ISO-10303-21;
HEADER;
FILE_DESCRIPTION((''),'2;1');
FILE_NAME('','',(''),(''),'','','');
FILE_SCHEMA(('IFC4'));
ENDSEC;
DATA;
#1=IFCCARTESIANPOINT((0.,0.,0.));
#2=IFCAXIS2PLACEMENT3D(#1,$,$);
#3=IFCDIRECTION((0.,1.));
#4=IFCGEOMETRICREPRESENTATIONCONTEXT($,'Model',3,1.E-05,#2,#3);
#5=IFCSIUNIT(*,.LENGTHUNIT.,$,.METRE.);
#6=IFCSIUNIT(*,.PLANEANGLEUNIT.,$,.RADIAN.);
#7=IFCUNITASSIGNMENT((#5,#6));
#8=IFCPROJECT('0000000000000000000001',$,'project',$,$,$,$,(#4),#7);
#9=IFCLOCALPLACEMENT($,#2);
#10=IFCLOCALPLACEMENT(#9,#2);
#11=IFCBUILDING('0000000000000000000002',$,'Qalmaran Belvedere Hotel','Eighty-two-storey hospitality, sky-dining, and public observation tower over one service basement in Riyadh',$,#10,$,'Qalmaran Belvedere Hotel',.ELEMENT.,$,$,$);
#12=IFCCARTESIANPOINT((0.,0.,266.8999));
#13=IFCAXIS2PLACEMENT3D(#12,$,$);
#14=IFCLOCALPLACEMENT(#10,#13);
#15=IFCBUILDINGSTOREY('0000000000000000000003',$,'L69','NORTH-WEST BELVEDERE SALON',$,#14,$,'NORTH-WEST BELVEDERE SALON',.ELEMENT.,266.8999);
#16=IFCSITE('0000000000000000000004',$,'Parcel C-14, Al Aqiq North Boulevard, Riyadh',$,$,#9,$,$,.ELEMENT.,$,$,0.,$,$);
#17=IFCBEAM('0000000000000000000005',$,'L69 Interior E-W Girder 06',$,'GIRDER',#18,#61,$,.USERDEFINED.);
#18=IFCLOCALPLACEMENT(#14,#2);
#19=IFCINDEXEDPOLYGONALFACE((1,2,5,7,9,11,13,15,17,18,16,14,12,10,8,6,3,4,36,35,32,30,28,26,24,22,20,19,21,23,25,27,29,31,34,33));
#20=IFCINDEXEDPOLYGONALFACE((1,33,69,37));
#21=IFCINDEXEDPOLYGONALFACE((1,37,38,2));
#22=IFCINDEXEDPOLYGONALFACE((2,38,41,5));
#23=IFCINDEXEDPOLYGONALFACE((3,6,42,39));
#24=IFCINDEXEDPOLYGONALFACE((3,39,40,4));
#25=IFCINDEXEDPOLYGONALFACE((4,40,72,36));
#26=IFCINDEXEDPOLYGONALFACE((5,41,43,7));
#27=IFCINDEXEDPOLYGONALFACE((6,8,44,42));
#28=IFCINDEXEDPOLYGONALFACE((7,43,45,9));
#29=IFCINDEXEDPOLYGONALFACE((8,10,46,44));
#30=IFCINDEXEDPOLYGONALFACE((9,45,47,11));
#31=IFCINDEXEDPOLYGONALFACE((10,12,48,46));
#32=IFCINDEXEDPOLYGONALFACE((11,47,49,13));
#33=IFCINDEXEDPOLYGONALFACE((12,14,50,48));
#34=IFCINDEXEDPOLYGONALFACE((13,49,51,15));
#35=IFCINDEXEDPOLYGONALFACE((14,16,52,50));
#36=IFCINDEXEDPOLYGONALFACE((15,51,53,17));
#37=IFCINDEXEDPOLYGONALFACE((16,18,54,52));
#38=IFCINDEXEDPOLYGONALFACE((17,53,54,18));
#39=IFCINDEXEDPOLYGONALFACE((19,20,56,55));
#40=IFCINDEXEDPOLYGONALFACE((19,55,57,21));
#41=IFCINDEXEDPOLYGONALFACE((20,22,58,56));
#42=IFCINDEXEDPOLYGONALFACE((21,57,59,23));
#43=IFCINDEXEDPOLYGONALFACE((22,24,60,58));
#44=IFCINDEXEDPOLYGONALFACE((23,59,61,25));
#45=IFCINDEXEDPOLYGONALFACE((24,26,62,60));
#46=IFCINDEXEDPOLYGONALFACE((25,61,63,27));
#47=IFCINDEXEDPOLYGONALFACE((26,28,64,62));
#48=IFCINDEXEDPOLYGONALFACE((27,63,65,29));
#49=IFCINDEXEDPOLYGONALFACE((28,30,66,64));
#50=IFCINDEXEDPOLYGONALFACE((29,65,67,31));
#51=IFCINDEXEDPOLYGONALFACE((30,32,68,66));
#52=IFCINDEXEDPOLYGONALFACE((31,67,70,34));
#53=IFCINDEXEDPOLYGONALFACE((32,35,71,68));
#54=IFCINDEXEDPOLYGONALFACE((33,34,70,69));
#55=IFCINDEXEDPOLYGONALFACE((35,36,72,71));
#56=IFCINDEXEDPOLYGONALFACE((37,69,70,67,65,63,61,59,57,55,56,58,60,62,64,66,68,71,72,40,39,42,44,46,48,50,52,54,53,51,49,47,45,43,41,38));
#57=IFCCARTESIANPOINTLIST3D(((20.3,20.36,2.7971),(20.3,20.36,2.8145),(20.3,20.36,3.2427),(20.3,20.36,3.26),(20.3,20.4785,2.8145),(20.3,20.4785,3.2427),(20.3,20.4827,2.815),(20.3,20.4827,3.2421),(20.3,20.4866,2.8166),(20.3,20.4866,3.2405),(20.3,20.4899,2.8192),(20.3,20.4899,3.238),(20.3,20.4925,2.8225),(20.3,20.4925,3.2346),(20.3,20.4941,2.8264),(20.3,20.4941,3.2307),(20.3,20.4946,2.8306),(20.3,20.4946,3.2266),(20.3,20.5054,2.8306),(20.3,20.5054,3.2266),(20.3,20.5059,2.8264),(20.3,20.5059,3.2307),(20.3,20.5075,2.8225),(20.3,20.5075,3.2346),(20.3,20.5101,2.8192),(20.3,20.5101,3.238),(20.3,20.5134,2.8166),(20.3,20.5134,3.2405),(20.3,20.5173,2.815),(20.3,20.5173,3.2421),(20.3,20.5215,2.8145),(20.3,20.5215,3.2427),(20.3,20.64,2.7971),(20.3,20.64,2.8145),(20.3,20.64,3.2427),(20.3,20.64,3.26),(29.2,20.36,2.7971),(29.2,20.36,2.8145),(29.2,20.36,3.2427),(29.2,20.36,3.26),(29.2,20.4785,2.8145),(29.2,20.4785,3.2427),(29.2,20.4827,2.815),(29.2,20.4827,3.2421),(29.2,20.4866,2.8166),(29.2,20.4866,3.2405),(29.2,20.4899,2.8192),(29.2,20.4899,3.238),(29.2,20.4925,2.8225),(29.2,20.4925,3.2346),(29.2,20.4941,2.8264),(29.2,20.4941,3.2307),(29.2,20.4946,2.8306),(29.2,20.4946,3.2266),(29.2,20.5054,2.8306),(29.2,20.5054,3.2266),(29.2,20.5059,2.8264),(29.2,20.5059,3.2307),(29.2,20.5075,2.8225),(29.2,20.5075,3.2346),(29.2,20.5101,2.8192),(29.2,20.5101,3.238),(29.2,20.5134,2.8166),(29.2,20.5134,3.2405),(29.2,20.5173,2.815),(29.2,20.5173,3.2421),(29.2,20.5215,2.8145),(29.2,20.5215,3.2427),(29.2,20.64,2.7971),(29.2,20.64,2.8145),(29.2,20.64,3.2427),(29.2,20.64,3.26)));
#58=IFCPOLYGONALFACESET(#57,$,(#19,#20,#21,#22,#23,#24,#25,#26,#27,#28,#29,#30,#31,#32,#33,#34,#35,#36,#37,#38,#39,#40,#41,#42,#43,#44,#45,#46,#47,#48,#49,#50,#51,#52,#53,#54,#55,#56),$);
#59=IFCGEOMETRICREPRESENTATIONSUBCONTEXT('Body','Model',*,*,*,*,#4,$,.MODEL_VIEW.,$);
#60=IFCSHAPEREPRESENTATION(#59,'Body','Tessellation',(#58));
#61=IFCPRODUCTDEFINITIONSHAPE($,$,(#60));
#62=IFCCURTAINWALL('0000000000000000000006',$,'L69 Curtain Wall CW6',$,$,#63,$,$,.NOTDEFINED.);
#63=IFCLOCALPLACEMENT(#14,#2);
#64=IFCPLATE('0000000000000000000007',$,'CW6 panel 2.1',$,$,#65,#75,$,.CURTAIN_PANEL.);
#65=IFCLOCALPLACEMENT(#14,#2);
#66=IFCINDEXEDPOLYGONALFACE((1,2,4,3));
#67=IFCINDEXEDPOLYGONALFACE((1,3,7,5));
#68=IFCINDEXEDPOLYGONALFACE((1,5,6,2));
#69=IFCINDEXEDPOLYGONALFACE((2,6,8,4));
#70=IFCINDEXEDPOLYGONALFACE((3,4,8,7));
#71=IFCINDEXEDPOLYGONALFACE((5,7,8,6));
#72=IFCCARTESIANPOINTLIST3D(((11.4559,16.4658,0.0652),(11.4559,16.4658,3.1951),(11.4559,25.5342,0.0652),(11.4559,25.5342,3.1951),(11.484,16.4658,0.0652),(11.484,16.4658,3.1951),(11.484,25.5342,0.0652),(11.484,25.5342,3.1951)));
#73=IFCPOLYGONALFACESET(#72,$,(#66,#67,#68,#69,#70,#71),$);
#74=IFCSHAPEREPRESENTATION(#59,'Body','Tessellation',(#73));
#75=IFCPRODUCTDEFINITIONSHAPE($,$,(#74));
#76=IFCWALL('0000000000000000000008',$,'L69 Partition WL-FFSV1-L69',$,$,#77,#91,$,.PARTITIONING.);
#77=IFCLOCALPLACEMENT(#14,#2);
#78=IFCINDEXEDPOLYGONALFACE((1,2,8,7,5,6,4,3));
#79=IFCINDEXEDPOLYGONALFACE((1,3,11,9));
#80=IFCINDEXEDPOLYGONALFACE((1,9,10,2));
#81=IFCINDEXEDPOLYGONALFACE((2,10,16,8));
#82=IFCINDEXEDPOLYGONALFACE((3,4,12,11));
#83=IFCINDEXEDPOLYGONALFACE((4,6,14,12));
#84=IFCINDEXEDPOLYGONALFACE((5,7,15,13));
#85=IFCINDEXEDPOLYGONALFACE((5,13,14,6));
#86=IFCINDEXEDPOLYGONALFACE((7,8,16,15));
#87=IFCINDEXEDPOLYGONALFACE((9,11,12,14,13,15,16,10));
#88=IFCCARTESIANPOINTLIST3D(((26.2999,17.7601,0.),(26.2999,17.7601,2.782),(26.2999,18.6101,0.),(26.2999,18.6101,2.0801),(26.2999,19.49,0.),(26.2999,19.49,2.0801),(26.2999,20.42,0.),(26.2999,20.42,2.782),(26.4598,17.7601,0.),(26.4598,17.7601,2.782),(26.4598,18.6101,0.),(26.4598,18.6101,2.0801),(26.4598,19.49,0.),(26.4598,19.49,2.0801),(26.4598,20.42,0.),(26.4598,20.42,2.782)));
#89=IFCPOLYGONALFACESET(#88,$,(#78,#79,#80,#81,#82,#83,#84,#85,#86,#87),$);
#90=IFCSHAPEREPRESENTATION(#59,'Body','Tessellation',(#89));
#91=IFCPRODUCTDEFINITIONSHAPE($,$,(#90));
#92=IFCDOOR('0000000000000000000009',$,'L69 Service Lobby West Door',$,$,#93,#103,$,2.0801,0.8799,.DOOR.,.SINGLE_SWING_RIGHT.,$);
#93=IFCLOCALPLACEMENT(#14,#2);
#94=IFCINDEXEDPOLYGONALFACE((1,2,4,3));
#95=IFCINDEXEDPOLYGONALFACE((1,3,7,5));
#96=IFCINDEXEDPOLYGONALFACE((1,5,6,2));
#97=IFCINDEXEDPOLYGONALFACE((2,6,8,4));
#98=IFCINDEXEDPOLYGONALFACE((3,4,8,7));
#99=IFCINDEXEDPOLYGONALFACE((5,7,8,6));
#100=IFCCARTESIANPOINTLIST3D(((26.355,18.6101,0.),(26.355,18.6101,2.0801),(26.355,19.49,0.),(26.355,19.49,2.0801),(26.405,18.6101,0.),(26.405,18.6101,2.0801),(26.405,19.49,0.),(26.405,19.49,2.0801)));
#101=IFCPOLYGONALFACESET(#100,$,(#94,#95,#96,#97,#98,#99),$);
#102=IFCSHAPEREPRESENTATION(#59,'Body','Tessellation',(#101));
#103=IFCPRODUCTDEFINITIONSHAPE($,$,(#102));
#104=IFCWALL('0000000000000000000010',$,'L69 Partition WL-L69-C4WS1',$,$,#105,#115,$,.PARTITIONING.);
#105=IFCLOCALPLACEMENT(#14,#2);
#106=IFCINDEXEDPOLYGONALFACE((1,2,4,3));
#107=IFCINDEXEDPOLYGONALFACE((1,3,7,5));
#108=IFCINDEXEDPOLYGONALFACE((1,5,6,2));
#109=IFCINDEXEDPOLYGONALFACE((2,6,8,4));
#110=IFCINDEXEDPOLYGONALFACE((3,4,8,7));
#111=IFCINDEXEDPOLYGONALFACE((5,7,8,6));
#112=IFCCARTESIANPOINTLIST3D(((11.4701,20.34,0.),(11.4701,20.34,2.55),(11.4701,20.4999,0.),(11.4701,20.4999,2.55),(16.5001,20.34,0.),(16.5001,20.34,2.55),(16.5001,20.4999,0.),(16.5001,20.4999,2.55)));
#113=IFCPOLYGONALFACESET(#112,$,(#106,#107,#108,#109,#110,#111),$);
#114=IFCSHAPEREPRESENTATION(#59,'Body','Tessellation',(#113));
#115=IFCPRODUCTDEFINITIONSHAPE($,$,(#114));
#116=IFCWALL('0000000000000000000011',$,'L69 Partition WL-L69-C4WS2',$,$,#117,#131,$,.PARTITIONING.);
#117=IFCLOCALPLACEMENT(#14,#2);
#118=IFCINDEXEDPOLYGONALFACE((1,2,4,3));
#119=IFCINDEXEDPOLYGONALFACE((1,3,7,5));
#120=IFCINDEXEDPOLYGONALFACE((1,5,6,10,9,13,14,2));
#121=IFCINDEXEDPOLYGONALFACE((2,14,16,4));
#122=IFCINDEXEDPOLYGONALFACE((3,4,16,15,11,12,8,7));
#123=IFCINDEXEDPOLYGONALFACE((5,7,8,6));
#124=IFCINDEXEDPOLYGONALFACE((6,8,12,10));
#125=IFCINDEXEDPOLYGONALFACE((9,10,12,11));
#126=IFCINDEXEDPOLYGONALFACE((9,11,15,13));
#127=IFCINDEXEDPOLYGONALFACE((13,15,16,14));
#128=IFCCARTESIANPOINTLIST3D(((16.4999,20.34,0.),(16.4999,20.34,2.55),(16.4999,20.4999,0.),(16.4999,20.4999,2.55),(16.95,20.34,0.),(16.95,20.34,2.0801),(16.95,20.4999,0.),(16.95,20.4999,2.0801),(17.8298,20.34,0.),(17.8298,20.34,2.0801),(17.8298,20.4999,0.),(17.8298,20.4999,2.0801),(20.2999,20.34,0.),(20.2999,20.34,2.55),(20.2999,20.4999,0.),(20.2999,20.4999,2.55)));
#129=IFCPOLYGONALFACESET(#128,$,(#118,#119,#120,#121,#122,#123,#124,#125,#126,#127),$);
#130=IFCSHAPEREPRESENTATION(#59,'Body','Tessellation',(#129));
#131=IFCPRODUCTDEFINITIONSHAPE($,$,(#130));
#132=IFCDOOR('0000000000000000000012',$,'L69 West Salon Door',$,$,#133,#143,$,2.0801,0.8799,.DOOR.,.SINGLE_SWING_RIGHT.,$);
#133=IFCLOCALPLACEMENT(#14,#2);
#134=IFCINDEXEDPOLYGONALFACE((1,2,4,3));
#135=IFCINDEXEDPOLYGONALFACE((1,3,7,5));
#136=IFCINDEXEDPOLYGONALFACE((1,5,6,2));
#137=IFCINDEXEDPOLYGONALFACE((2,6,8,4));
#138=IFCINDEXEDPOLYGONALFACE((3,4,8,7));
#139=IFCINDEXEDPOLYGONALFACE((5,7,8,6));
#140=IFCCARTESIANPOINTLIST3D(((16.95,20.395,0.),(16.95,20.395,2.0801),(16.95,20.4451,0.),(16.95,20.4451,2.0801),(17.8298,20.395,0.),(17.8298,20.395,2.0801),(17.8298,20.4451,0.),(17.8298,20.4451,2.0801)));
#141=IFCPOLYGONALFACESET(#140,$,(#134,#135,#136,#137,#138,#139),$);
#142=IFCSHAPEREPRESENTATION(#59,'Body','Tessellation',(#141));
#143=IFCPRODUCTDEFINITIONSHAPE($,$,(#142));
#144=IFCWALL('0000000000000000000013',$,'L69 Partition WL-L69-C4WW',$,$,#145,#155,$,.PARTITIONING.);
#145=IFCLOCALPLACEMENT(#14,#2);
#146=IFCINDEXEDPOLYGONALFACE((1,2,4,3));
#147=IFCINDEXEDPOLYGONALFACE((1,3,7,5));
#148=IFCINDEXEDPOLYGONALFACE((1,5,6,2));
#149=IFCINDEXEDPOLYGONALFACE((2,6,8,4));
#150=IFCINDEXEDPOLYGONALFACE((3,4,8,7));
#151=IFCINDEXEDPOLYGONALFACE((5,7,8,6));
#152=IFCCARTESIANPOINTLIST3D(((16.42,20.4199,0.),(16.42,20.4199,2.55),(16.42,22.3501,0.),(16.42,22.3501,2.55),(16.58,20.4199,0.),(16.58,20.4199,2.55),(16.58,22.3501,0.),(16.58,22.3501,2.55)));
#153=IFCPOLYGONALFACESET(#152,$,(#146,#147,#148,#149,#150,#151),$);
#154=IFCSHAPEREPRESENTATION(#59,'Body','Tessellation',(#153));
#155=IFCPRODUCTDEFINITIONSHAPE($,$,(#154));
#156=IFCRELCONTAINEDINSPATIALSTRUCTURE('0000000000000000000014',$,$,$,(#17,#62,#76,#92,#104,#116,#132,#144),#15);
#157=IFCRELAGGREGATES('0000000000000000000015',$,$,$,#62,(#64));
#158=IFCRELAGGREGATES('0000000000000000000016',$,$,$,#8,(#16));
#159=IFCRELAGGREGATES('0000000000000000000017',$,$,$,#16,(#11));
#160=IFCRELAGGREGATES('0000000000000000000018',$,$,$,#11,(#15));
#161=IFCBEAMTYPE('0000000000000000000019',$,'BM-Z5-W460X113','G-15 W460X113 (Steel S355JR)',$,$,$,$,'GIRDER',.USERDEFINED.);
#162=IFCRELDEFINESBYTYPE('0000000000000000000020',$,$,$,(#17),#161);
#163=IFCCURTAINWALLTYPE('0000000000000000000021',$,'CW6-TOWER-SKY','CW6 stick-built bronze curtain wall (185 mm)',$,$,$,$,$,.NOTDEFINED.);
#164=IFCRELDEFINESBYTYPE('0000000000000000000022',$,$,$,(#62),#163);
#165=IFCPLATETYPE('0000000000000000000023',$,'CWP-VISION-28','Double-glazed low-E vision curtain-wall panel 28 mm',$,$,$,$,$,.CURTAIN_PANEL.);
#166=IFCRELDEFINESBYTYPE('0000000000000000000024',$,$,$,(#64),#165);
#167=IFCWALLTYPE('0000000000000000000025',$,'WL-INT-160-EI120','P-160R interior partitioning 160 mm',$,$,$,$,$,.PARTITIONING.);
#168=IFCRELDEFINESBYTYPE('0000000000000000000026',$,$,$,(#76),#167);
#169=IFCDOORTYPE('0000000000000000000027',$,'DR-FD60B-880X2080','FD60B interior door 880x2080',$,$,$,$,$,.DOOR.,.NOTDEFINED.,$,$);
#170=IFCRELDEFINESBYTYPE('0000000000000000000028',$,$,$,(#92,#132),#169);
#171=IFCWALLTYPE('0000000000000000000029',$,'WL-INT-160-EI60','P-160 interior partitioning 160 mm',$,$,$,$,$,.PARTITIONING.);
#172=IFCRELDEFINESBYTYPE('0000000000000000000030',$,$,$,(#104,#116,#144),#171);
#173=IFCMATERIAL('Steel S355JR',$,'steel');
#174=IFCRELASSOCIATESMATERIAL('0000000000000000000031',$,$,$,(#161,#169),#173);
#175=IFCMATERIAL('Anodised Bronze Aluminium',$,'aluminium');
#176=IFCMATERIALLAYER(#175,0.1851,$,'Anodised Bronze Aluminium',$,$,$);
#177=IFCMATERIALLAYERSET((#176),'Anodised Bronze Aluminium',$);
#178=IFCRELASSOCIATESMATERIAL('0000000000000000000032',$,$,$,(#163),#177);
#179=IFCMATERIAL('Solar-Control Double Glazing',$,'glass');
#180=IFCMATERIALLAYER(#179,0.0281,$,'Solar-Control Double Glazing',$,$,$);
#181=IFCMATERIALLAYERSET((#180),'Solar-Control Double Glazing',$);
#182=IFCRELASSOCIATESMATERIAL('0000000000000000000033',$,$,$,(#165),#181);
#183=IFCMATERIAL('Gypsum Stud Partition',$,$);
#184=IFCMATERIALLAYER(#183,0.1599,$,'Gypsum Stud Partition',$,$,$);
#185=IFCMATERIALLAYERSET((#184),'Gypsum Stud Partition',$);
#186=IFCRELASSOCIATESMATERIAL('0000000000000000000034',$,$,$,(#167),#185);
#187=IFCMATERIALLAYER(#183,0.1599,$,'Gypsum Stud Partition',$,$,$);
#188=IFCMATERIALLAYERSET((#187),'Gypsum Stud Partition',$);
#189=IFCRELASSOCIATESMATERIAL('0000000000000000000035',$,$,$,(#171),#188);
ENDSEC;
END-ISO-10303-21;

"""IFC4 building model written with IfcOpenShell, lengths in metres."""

from ifc_helpers import new_model, si_unit, direction, frame, frame_2d, origin, origin_2d, place, context, subcontext, project, spatial, rectangle, i_section, extrude, material, layer, layer_set, material_profile, profile_set, type_object, element, fill, aggregate, save


model = new_model("IFC4")

# Units and contexts
model_context = context("Model", 3, precision=1e-05, world=origin(), true_north=direction((0.0, 1.0)))
body_context = subcontext(model_context, "Body", "Model", "MODEL_VIEW")
ifc_project = project(units=[si_unit("LENGTHUNIT", "METRE"), si_unit("PLANEANGLEUNIT", "RADIAN")], contexts=[model_context])

# Site, building, storey
site_placement = place(None, origin())
site = spatial("IfcSite", under=ifc_project, at=site_placement, Name="Parcel C-14, Al Aqiq North Boulevard, Riyadh", CompositionType="ELEMENT", RefElevation=0.0)
building_placement = place(site_placement, origin())
building = spatial("IfcBuilding", under=site, at=building_placement, Name="Qalmaran Belvedere Hotel", Description="Eighty-two-storey hospitality, sky-dining, and public observation tower over one service basement in Riyadh", LongName="Qalmaran Belvedere Hotel", CompositionType="ELEMENT")
storey_placement = place(building_placement, frame((0.0, 0.0, 266.8999)))
storey = spatial("IfcBuildingStorey", under=building, at=storey_placement, Name="L69", Description="NORTH-WEST BELVEDERE SALON", LongName="NORTH-WEST BELVEDERE SALON", CompositionType="ELEMENT", Elevation=266.8999)

# Beam
ifc_material_1 = material(Name="Steel S355JR", Category="steel")
ifc_material_profile_1 = material_profile(ifc_material_1, i_section(OverallWidth=0.28, OverallDepth=0.4629, WebThickness=0.0107, FlangeThickness=0.0173, FilletRadius=0.0161, at=origin_2d()), Name="W460X113")
ifc_profile_set_1 = profile_set([ifc_material_profile_1], Name="Steel S355JR")
beam_type_1 = type_object("IfcBeamType", Name="BM-Z5-W460X113", Description="G-15 W460X113 (Steel S355JR)", ElementType="GIRDER", PredefinedType="USERDEFINED", material=ifc_profile_set_1)
beam_1_placement = place(storey_placement, frame((20.3, 20.5, 3.0286), z_axis=(1.0, 0.0, 0.0), x_axis=(0.0, 1.0, 0.0)))
element("IfcBeam", 1, at=beam_1_placement, inside=storey, type_object=beam_type_1, Name="L69 Interior E-W Girder 06", ObjectType="GIRDER", PredefinedType="USERDEFINED", context=body_context, shape_type="SweptSolid", body=[
    extrude(i_section(OverallWidth=0.28, OverallDepth=0.4629, WebThickness=0.0107, FlangeThickness=0.0173, FilletRadius=0.0161, at=origin_2d()), origin(), (0.0, 0.0, 1.0), 8.8999),
])

# Curtain wall, plate
ifc_material_2 = material(Name="Anodised Bronze Aluminium", Category="aluminium")
ifc_layer_1 = layer(ifc_material_2, 0.1851, Name="Anodised Bronze Aluminium")
ifc_layer_set_1 = layer_set([ifc_layer_1], Name="Anodised Bronze Aluminium")
curtain_wall_type = type_object("IfcCurtainWallType", Name="CW6-TOWER-SKY", Description="CW6 stick-built bronze curtain wall (185 mm)", PredefinedType="NOTDEFINED", material=ifc_layer_set_1)
curtain_wall_placement = place(storey_placement, origin())
curtain_wall = element("IfcCurtainWall", 2, at=curtain_wall_placement, inside=storey, type_object=curtain_wall_type, Name="L69 Curtain Wall CW6", PredefinedType="NOTDEFINED")
ifc_material_3 = material(Name="Solar-Control Double Glazing", Category="glass")
ifc_layer_2 = layer(ifc_material_3, 0.0281, Name="Solar-Control Double Glazing")
ifc_layer_set_2 = layer_set([ifc_layer_2], Name="Solar-Control Double Glazing")
plate_type = type_object("IfcPlateType", Name="CWP-VISION-28", Description="Double-glazed low-E vision curtain-wall panel 28 mm", PredefinedType="CURTAIN_PANEL", material=ifc_layer_set_2)
plate_placement = place(storey_placement, frame((11.47, 21.0, 0.0652), z_axis=(0.0, 0.0, 1.0), x_axis=(0.0, -1.0, 0.0)))
plate = element("IfcPlate", 3, at=plate_placement, type_object=plate_type, Name="CW6 panel 2.1", PredefinedType="CURTAIN_PANEL", context=body_context, shape_type="SweptSolid", body=[
    extrude(rectangle(XDim=9.0684, YDim=0.0281, at=origin_2d()), origin(), (0.0, 0.0, 1.0), 3.1299),
])
aggregate(curtain_wall, [plate])

# Wall, opening, door
ifc_material_4 = material(Name="Gypsum Stud Partition")
ifc_layer_3 = layer(ifc_material_4, 0.1599, Name="Gypsum Stud Partition")
ifc_layer_set_3 = layer_set([ifc_layer_3], Name="Gypsum Stud Partition")
wall_type_1 = type_object("IfcWallType", Name="WL-INT-160-EI120", Description="P-160R interior partitioning 160 mm", PredefinedType="PARTITIONING", material=ifc_layer_set_3)
wall_1_placement = place(storey_placement, frame((26.3799, 17.76, 0.0), z_axis=(0.0, 0.0, 1.0), x_axis=(0.0, 1.0, 0.0)))
wall_1 = element("IfcWall", 4, at=wall_1_placement, inside=storey, type_object=wall_type_1, Name="L69 Partition WL-FFSV1-L69", PredefinedType="PARTITIONING", context=body_context, shape_type="SweptSolid", body=[
    extrude(rectangle(XDim=2.6599, YDim=0.1599, at=frame_2d((1.3301, 0.0))), origin(), (0.0, 0.0, 1.0), 2.782),
])
opening_1_placement = place(wall_1_placement, frame((0.8501, 0.0, 0.0)))
opening_1 = element("IfcOpeningElement", 5, at=opening_1_placement, cuts=wall_1, PredefinedType="OPENING", context=body_context, shape_type="SweptSolid", body=[
    extrude(rectangle(XDim=0.8799, YDim=2.0801, at=frame_2d((0.4399, 1.04))), frame((0.0, 0.0898, 0.0), z_axis=(0.0, -1.0, 0.0), x_axis=(1.0, 0.0, 0.0)), (0.0, 0.0, 1.0), 0.1799),
])
door_type_1 = type_object("IfcDoorType", Name="DR-FD60B-880X2080", Description="FD60B interior door 880x2080", OperationType="NOTDEFINED", PredefinedType="DOOR", material=ifc_material_1)
door_1_placement = place(opening_1_placement, origin())
door_1 = element("IfcDoor", 6, at=door_1_placement, inside=storey, type_object=door_type_1, Name="L69 Service Lobby West Door", OperationType="SINGLE_SWING_RIGHT", OverallHeight=2.0801, OverallWidth=0.8799, PredefinedType="DOOR", context=body_context, shape_type="SweptSolid", body=[
    extrude(rectangle(XDim=0.8799, YDim=2.0801, at=frame_2d((0.4399, 1.04))), frame((0.0, 0.0249, 0.0), z_axis=(0.0, -1.0, 0.0), x_axis=(1.0, 0.0, 0.0)), (0.0, 0.0, 1.0), 0.05),
])
fill(opening_1, door_1)

# Wall
ifc_layer_4 = layer(ifc_material_4, 0.1599, Name="Gypsum Stud Partition")
ifc_layer_set_4 = layer_set([ifc_layer_4], Name="Gypsum Stud Partition")
wall_type_2 = type_object("IfcWallType", Name="WL-INT-160-EI60", Description="P-160 interior partitioning 160 mm", PredefinedType="PARTITIONING", material=ifc_layer_set_4)
wall_2_placement = place(storey_placement, frame((11.47, 20.4199, 0.0), z_axis=(0.0, 0.0, 1.0), x_axis=(1.0, 0.0, 0.0)))
element("IfcWall", 7, at=wall_2_placement, inside=storey, type_object=wall_type_2, Name="L69 Partition WL-L69-C4WS1", PredefinedType="PARTITIONING", context=body_context, shape_type="SweptSolid", body=[
    extrude(rectangle(XDim=5.03, YDim=0.1599, at=frame_2d((2.5151, 0.0))), origin(), (0.0, 0.0, 1.0), 2.55),
])

# Wall, opening, door
wall_3_placement = place(storey_placement, frame((16.5, 20.4199, 0.0), z_axis=(0.0, 0.0, 1.0), x_axis=(1.0, 0.0, 0.0)))
wall_3 = element("IfcWall", 8, at=wall_3_placement, inside=storey, type_object=wall_type_2, Name="L69 Partition WL-L69-C4WS2", PredefinedType="PARTITIONING", context=body_context, shape_type="SweptSolid", body=[
    extrude(rectangle(XDim=3.8, YDim=0.1599, at=frame_2d((1.8999, 0.0))), origin(), (0.0, 0.0, 1.0), 2.55),
])
opening_2_placement = place(wall_3_placement, frame((1.3298, 0.0, 0.0), z_axis=(0.0, 0.0, 1.0), x_axis=(-1.0, 0.0, 0.0)))
opening_2 = element("IfcOpeningElement", 9, at=opening_2_placement, cuts=wall_3, PredefinedType="OPENING", context=body_context, shape_type="SweptSolid", body=[
    extrude(rectangle(XDim=0.8799, YDim=2.0801, at=frame_2d((0.4399, 1.04))), frame((0.0, 0.0898, 0.0), z_axis=(0.0, -1.0, 0.0), x_axis=(1.0, 0.0, 0.0)), (0.0, 0.0, 1.0), 0.1799),
])
door_2_placement = place(opening_2_placement, origin())
door_2 = element("IfcDoor", 10, at=door_2_placement, inside=storey, type_object=door_type_1, Name="L69 West Salon Door", OperationType="SINGLE_SWING_RIGHT", OverallHeight=2.0801, OverallWidth=0.8799, PredefinedType="DOOR", context=body_context, shape_type="SweptSolid", body=[
    extrude(rectangle(XDim=0.8799, YDim=2.0801, at=frame_2d((0.4399, 1.04))), frame((0.0, 0.0249, 0.0), z_axis=(0.0, -1.0, 0.0), x_axis=(1.0, 0.0, 0.0)), (0.0, 0.0, 1.0), 0.05),
])
fill(opening_2, door_2)

# Wall
wall_4_placement = place(storey_placement, frame((16.5, 20.4199, 0.0), z_axis=(0.0, 0.0, 1.0), x_axis=(0.0, 1.0, 0.0)))
element("IfcWall", 11, at=wall_4_placement, inside=storey, type_object=wall_type_2, Name="L69 Partition WL-L69-C4WW", PredefinedType="PARTITIONING", context=body_context, shape_type="SweptSolid", body=[
    extrude(rectangle(XDim=1.9302, YDim=0.1599, at=frame_2d((0.9651, 0.0))), origin(), (0.0, 0.0, 1.0), 2.55),
])

save(model, "model.ifc")
